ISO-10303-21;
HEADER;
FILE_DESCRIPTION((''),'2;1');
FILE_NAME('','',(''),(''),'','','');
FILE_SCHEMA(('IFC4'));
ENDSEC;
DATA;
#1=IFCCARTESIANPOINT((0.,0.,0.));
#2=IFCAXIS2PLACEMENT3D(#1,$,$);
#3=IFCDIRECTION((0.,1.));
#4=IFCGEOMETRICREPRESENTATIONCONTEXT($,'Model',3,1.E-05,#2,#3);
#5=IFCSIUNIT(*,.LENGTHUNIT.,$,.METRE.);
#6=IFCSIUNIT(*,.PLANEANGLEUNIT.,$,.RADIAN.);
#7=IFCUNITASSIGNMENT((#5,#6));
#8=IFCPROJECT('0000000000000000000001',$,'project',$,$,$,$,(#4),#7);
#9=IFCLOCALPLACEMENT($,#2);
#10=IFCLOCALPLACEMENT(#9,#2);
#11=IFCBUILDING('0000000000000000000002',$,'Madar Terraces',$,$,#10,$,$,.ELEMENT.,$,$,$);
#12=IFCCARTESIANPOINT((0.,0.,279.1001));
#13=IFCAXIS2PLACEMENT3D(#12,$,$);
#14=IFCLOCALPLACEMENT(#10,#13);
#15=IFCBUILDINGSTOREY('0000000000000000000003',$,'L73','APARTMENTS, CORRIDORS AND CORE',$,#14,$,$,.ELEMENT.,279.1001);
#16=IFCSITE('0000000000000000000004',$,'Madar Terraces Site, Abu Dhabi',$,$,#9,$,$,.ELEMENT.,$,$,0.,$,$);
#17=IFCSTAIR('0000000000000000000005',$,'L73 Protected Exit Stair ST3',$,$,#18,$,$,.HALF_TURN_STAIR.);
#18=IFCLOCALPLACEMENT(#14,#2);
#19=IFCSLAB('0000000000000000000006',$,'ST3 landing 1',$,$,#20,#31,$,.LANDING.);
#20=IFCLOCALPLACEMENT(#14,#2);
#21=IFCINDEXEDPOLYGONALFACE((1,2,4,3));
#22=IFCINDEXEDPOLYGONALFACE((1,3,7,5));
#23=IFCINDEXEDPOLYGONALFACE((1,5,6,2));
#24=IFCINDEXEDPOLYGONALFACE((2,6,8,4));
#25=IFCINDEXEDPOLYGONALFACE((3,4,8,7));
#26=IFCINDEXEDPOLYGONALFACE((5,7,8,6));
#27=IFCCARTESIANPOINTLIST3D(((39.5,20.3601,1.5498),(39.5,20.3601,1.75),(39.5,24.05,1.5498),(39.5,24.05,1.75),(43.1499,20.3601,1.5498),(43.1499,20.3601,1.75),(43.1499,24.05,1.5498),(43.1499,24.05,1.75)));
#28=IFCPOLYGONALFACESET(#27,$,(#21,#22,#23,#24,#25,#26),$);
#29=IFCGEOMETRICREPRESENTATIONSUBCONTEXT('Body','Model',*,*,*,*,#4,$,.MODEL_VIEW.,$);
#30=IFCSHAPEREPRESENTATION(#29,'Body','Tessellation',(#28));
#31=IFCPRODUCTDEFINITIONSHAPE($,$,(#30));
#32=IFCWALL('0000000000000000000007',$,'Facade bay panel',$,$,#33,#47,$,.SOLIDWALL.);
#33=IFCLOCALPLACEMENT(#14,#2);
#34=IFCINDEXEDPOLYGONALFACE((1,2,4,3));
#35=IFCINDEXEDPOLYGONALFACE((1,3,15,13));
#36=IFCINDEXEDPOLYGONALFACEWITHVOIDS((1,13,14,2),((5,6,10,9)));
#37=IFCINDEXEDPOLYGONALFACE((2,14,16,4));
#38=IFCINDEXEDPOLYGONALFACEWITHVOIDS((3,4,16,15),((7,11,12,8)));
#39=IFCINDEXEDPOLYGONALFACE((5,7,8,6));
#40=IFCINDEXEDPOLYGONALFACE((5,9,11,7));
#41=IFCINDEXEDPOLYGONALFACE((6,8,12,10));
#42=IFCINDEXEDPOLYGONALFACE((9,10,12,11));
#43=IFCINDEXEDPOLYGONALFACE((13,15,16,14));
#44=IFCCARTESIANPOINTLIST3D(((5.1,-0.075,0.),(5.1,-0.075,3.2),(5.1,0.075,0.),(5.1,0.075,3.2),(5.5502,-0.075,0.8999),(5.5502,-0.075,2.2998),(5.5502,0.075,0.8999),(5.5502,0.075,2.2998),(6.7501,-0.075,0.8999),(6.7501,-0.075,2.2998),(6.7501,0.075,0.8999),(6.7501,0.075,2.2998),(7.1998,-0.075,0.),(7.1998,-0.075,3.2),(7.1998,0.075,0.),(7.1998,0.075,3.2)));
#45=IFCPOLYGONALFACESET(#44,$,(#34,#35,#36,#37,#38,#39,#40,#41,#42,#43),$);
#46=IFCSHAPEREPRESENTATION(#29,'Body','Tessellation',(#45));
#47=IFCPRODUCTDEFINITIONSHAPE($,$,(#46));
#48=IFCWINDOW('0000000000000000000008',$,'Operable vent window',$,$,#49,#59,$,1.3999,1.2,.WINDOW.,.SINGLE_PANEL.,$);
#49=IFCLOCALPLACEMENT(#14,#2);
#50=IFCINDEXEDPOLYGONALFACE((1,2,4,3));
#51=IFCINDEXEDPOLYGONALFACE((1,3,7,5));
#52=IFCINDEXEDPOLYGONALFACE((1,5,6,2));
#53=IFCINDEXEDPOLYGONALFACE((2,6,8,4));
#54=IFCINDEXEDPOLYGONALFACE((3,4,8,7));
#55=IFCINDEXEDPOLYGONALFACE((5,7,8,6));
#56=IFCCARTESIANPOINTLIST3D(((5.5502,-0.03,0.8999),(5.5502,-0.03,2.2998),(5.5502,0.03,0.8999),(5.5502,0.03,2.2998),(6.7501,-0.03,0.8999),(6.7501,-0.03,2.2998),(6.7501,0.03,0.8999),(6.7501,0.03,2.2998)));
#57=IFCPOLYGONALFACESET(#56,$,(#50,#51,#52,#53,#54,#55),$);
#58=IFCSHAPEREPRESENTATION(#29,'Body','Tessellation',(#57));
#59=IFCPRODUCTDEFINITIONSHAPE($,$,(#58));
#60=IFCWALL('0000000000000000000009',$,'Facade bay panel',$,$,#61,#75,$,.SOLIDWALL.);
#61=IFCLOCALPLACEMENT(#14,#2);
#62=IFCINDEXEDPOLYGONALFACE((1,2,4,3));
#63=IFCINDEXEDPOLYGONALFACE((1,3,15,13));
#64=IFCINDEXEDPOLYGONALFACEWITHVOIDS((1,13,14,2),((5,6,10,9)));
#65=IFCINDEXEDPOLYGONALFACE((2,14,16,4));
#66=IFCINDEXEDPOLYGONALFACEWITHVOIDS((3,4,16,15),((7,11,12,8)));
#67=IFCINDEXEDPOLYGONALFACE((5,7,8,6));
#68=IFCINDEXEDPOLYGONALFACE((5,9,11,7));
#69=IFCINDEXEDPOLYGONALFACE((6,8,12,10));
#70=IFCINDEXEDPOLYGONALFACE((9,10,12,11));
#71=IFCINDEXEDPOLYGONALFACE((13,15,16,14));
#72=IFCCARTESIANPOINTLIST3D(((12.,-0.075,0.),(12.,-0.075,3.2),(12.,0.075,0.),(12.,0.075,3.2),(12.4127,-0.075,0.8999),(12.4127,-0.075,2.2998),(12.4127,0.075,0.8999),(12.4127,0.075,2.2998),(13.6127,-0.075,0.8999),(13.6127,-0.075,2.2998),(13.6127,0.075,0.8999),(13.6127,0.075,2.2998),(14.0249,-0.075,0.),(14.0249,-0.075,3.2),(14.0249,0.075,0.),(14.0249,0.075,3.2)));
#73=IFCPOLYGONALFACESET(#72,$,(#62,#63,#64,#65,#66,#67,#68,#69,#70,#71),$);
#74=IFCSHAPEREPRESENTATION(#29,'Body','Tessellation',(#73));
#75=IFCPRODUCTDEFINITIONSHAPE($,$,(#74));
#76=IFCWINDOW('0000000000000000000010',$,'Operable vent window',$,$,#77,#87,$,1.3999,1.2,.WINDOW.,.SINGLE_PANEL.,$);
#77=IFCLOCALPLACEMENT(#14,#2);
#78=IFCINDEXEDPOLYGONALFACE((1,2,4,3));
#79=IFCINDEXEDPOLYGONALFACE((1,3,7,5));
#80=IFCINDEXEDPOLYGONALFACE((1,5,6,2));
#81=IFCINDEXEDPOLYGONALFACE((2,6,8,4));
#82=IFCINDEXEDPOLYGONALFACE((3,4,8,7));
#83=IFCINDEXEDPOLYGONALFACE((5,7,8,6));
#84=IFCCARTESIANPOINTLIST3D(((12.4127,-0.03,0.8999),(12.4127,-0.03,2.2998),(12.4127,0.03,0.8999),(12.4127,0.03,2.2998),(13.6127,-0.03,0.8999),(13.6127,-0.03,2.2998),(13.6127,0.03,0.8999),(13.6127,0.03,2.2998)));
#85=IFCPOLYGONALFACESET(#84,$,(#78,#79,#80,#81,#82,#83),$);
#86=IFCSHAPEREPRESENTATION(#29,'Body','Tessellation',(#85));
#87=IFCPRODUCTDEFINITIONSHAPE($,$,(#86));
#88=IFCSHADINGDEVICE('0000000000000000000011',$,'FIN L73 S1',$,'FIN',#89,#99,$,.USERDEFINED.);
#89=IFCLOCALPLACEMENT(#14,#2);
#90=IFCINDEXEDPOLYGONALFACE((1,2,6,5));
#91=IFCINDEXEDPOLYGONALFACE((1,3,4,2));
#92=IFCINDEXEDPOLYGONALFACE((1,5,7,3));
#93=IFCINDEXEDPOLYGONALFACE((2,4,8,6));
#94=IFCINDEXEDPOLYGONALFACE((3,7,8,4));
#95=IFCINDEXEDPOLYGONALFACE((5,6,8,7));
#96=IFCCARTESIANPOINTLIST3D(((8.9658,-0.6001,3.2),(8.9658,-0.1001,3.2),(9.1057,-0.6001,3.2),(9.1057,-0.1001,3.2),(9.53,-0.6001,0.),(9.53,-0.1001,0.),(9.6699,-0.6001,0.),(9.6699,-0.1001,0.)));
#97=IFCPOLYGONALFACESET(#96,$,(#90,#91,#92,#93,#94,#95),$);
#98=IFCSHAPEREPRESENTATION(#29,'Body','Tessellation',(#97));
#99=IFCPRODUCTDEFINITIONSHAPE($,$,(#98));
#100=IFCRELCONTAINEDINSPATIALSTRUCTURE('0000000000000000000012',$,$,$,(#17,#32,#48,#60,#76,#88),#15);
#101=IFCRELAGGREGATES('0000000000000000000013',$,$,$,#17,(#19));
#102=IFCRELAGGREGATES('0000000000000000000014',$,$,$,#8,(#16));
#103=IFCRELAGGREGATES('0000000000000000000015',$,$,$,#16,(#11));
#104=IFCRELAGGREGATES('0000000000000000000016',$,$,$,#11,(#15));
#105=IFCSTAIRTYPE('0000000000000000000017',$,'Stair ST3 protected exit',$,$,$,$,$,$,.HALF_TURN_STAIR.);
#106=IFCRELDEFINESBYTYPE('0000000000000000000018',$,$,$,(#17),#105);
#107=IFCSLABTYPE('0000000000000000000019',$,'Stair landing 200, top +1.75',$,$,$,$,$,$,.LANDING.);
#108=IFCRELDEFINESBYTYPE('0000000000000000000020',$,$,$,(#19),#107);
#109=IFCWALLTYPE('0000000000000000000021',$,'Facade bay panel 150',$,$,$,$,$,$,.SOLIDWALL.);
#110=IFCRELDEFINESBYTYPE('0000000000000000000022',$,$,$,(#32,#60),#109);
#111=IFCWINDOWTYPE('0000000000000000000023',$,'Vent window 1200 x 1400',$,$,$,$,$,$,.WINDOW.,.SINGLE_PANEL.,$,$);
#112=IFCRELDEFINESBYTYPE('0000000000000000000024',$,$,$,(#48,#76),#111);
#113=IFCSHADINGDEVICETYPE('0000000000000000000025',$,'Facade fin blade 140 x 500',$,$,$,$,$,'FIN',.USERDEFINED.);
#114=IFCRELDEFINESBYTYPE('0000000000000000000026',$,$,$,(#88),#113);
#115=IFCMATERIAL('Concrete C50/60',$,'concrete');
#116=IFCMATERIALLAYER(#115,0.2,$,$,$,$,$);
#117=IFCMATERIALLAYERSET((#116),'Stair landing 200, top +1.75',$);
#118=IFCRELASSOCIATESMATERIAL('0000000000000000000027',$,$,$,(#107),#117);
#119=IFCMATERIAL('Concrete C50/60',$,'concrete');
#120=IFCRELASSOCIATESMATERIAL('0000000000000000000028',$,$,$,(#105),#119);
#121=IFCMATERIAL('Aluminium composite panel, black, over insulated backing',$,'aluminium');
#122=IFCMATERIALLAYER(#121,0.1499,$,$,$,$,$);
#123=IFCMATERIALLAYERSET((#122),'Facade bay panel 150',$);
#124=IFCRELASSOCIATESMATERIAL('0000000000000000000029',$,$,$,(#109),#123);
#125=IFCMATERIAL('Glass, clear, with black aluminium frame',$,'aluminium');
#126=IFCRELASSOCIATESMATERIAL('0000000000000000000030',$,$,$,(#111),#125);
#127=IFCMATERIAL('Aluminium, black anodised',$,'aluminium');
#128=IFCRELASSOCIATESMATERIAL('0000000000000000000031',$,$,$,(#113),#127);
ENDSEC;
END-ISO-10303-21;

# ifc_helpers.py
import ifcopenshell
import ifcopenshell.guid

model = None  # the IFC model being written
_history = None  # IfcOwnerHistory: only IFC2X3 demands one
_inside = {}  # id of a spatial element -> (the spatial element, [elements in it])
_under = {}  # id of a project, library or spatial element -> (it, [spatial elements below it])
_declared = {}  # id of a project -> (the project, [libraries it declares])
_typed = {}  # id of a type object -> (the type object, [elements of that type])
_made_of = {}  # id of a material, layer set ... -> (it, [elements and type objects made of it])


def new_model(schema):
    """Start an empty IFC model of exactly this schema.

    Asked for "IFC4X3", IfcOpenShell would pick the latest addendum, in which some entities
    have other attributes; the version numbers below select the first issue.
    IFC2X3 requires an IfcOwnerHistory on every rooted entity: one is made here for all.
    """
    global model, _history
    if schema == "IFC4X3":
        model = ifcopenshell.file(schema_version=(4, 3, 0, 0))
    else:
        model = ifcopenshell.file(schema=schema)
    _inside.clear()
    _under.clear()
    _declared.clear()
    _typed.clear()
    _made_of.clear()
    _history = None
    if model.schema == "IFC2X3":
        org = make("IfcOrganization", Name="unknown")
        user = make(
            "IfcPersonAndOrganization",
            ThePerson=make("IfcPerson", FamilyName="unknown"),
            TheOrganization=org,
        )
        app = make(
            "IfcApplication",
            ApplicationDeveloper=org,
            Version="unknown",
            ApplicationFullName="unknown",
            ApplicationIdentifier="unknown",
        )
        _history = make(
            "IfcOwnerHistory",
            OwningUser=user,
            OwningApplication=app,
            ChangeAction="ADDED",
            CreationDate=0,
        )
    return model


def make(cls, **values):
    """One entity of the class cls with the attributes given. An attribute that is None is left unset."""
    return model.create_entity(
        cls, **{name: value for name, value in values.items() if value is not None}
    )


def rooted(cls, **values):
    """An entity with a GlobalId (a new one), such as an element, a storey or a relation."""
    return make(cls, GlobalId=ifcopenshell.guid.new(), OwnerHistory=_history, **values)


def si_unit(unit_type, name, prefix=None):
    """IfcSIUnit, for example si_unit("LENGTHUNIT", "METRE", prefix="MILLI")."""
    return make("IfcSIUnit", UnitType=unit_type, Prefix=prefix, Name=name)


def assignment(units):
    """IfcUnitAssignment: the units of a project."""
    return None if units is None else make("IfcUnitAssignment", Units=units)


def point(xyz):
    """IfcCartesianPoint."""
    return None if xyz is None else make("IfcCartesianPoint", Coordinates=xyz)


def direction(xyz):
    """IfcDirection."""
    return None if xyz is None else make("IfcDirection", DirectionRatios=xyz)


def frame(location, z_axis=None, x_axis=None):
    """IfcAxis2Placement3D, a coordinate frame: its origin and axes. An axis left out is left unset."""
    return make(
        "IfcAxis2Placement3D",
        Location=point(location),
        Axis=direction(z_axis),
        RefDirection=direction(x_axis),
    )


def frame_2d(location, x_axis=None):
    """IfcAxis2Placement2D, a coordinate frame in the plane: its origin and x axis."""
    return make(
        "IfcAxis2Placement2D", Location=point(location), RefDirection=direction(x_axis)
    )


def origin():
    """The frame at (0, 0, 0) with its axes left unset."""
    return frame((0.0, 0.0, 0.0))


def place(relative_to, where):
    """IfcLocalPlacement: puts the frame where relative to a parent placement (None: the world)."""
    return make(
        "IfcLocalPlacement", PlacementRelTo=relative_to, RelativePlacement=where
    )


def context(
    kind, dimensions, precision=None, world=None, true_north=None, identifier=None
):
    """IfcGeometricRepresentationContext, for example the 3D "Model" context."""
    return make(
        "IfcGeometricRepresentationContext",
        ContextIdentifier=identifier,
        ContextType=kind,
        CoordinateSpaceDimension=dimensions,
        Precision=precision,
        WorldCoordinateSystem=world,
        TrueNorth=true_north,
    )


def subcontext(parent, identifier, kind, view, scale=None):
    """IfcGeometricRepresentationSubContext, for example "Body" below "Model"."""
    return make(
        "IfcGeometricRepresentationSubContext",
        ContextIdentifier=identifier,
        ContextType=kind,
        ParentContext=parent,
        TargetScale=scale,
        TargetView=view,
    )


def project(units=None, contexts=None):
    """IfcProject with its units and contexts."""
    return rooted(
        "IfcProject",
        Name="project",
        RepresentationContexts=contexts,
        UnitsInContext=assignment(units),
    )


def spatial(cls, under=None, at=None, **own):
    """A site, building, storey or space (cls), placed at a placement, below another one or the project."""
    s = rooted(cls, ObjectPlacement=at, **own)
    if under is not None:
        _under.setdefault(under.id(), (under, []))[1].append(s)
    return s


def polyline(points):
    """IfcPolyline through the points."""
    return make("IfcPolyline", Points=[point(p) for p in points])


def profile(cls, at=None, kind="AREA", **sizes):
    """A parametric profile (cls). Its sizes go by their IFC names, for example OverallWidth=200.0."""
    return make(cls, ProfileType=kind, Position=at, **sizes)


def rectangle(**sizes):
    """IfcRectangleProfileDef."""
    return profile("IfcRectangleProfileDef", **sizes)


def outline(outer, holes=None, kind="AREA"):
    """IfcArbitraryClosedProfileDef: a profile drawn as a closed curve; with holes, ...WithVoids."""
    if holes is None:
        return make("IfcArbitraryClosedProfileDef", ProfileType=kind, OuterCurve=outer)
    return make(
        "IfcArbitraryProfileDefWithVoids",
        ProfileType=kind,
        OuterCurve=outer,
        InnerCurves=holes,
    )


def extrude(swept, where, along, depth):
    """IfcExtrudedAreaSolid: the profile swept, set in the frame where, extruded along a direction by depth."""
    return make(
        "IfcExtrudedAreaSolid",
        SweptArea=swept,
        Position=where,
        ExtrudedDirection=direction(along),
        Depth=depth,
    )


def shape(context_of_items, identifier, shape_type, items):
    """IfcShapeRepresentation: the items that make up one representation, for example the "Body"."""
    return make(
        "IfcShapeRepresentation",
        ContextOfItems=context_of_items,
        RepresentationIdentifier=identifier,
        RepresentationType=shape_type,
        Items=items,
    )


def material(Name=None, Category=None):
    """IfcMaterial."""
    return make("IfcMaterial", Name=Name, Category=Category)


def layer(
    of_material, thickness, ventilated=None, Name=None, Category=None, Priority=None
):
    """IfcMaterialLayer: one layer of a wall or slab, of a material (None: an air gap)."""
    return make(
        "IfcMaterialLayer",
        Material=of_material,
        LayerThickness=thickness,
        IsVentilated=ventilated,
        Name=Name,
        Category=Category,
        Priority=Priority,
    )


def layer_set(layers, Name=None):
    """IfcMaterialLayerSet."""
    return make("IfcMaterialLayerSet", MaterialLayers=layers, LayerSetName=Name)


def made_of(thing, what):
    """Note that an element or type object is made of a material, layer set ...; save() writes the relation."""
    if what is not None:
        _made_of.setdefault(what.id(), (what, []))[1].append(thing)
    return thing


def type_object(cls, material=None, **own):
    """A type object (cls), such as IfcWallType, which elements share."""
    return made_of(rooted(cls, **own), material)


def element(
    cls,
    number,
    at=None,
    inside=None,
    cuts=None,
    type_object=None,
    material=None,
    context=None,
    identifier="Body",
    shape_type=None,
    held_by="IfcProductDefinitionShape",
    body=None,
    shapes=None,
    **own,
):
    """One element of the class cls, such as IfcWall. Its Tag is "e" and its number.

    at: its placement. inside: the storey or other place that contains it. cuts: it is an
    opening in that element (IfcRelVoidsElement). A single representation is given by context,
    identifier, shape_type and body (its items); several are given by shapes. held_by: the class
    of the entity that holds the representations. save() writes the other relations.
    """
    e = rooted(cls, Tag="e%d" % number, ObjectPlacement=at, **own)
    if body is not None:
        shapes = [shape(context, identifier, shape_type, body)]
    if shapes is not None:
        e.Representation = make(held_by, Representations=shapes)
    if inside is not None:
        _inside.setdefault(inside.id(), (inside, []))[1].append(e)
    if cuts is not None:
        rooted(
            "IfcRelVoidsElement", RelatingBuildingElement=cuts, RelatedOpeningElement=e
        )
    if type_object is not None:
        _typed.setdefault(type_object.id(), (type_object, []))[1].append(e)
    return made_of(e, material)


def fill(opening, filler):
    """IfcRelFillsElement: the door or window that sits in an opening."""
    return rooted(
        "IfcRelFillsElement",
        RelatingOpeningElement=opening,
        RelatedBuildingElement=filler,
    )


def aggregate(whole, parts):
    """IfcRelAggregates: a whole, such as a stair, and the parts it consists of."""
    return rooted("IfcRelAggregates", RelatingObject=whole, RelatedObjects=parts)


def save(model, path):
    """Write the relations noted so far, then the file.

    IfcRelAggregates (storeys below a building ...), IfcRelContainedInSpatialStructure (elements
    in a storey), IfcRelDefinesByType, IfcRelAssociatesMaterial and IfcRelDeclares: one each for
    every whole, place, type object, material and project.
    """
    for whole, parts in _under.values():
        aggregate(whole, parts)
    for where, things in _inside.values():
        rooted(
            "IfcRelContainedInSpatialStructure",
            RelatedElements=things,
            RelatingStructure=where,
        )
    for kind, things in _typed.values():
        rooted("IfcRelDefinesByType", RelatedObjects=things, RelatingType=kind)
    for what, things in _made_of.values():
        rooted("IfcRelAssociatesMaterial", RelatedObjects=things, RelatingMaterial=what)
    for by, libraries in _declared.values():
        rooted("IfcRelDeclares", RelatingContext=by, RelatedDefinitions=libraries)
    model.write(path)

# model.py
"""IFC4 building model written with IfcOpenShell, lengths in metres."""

from ifc_helpers import new_model, si_unit, direction, frame, frame_2d, origin, place, context, subcontext, project, spatial, polyline, rectangle, outline, extrude, material, layer, layer_set, type_object, element, fill, aggregate, save


model = new_model("IFC4")

# Units and contexts
model_context = context("Model", 3, precision=1e-05, world=origin(), true_north=direction((0.0, 1.0)))
body_context = subcontext(model_context, "Body", "Model", "MODEL_VIEW")
ifc_project = project(units=[si_unit("LENGTHUNIT", "METRE"), si_unit("PLANEANGLEUNIT", "RADIAN")], contexts=[model_context])

# Site, building, storey
site_placement = place(None, origin())
site = spatial("IfcSite", under=ifc_project, at=site_placement, Name="Madar Terraces Site, Abu Dhabi", CompositionType="ELEMENT", RefElevation=0.0)
building_placement = place(site_placement, origin())
building = spatial("IfcBuilding", under=site, at=building_placement, Name="Madar Terraces", CompositionType="ELEMENT")
storey_placement = place(building_placement, frame((0.0, 0.0, 279.1001)))
storey = spatial("IfcBuildingStorey", under=building, at=storey_placement, Name="L73", Description="APARTMENTS, CORRIDORS AND CORE", CompositionType="ELEMENT", Elevation=279.1001)

# Stair, slab
ifc_material_1 = material(Name="Concrete C50/60", Category="concrete")
ifc_layer_1 = layer(ifc_material_1, 0.2)
ifc_layer_set_1 = layer_set([ifc_layer_1], Name="Stair landing 200, top +1.75")
slab_type_1 = type_object("IfcSlabType", Name="Stair landing 200, top +1.75", PredefinedType="LANDING", material=ifc_layer_set_1)
ifc_material_2 = material(Name="Concrete C50/60", Category="concrete")
stair_type_1 = type_object("IfcStairType", Name="Stair ST3 protected exit", PredefinedType="HALF_TURN_STAIR", material=ifc_material_2)
stair_1_placement = place(storey_placement, origin())
stair_1 = element("IfcStair", 1, at=stair_1_placement, inside=storey, type_object=stair_type_1, Name="L73 Protected Exit Stair ST3", PredefinedType="HALF_TURN_STAIR")
slab_1_placement = place(storey_placement, frame((0.0, 0.0, 1.5498)))
slab_1 = element("IfcSlab", 2, at=slab_1_placement, type_object=slab_type_1, Name="ST3 landing 1", PredefinedType="LANDING", context=body_context, shape_type="SweptSolid", body=[
    extrude(outline(polyline([(39.5, 20.3601), (43.1499, 20.3601), (43.1499, 24.05), (39.5, 24.05), (39.5, 20.3601)])), origin(), (0.0, 0.0, 1.0), 0.2002),
])
aggregate(stair_1, [slab_1])

# Walls, openings, windows
ifc_material_3 = material(Name="Aluminium composite panel, black, over insulated backing", Category="aluminium")
ifc_layer_2 = layer(ifc_material_3, 0.1499)
ifc_layer_set_2 = layer_set([ifc_layer_2], Name="Facade bay panel 150")
wall_type = type_object("IfcWallType", Name="Facade bay panel 150", PredefinedType="SOLIDWALL", material=ifc_layer_set_2)
wall_1_placement = place(storey_placement, frame((5.1001, 0.0, 0.0), z_axis=(0.0, 0.0, 1.0), x_axis=(1.0, 0.0, 0.0)))
wall_1 = element("IfcWall", 3, at=wall_1_placement, inside=storey, type_object=wall_type, Name="Facade bay panel", PredefinedType="SOLIDWALL", context=body_context, shape_type="SweptSolid", body=[
    extrude(rectangle(XDim=2.0999, YDim=0.1499, at=frame_2d((1.0498, 0.0))), origin(), (0.0, 0.0, 1.0), 3.2),
])
opening_1_placement = place(wall_1_placement, frame((0.45, 0.0, 0.8999)))
opening_1 = element("IfcOpeningElement", 4, at=opening_1_placement, cuts=wall_1, PredefinedType="OPENING", context=body_context, shape_type="SweptSolid", body=[
    extrude(rectangle(XDim=1.2, YDim=1.3999, at=frame_2d((0.6001, 0.7))), frame((0.0, 0.085, 0.0), z_axis=(0.0, -1.0, 0.0), x_axis=(1.0, 0.0, 0.0)), (0.0, 0.0, 1.0), 0.1699),
])
ifc_material_4 = material(Name="Glass, clear, with black aluminium frame", Category="aluminium")
window_type = type_object("IfcWindowType", Name="Vent window 1200 x 1400", PartitioningType="SINGLE_PANEL", PredefinedType="WINDOW", material=ifc_material_4)
window_1_placement = place(opening_1_placement, origin())
window_1 = element("IfcWindow", 5, at=window_1_placement, inside=storey, type_object=window_type, Name="Operable vent window", OverallHeight=1.3999, OverallWidth=1.2, PartitioningType="SINGLE_PANEL", PredefinedType="WINDOW", context=body_context, shape_type="SweptSolid", body=[
    extrude(rectangle(XDim=1.2, YDim=1.3999, at=frame_2d((0.6001, 0.7))), frame((0.0, 0.03, 0.0), z_axis=(0.0, -1.0, 0.0), x_axis=(1.0, 0.0, 0.0)), (0.0, 0.0, 1.0), 0.0601),
])
fill(opening_1, window_1)
wall_2_placement = place(storey_placement, frame((12.0, 0.0, 0.0), z_axis=(0.0, 0.0, 1.0), x_axis=(1.0, 0.0, 0.0)))
wall_2 = element("IfcWall", 6, at=wall_2_placement, inside=storey, type_object=wall_type, Name="Facade bay panel", PredefinedType="SOLIDWALL", context=body_context, shape_type="SweptSolid", body=[
    extrude(rectangle(XDim=2.0249, YDim=0.1499, at=frame_2d((1.0125, 0.0))), origin(), (0.0, 0.0, 1.0), 3.2),
])
opening_2_placement = place(wall_2_placement, frame((0.4126, 0.0, 0.8999)))
opening_2 = element("IfcOpeningElement", 7, at=opening_2_placement, cuts=wall_2, PredefinedType="OPENING", context=body_context, shape_type="SweptSolid", body=[
    extrude(rectangle(XDim=1.2, YDim=1.3999, at=frame_2d((0.6001, 0.7))), frame((0.0, 0.085, 0.0), z_axis=(0.0, -1.0, 0.0), x_axis=(1.0, 0.0, 0.0)), (0.0, 0.0, 1.0), 0.1699),
])
window_2_placement = place(opening_2_placement, origin())
window_2 = element("IfcWindow", 8, at=window_2_placement, inside=storey, type_object=window_type, Name="Operable vent window", OverallHeight=1.3999, OverallWidth=1.2, PartitioningType="SINGLE_PANEL", PredefinedType="WINDOW", context=body_context, shape_type="SweptSolid", body=[
    extrude(rectangle(XDim=1.2, YDim=1.3999, at=frame_2d((0.6001, 0.7))), frame((0.0, 0.03, 0.0), z_axis=(0.0, -1.0, 0.0), x_axis=(1.0, 0.0, 0.0)), (0.0, 0.0, 1.0), 0.0601),
])
fill(opening_2, window_2)

# Shading device
ifc_material_5 = material(Name="Aluminium, black anodised", Category="aluminium")
shading_device_type = type_object("IfcShadingDeviceType", Name="Facade fin blade 140 x 500", ElementType="FIN", PredefinedType="USERDEFINED", material=ifc_material_5)
shading_device_placement = place(storey_placement, frame((9.53, -0.3501, 0.0), z_axis=(0.0, 0.0, 1.0), x_axis=(1.0, 0.0, 0.0)))
element("IfcShadingDevice", 9, at=shading_device_placement, inside=storey, type_object=shading_device_type, Name="FIN L73 S1", ObjectType="FIN", PredefinedType="USERDEFINED", context=body_context, shape_type="SweptSolid", body=[
    extrude(outline(polyline([(0.0, 0.0), (0.1399, 0.0), (-0.4243, 3.2), (-0.5642, 3.2), (0.0, 0.0)])), frame((0.0, 0.25, 0.0), z_axis=(0.0, -1.0, 0.0), x_axis=(1.0, 0.0, 0.0)), (0.0, 0.0, 1.0), 0.5),
])

save(model, "model.ifc")
